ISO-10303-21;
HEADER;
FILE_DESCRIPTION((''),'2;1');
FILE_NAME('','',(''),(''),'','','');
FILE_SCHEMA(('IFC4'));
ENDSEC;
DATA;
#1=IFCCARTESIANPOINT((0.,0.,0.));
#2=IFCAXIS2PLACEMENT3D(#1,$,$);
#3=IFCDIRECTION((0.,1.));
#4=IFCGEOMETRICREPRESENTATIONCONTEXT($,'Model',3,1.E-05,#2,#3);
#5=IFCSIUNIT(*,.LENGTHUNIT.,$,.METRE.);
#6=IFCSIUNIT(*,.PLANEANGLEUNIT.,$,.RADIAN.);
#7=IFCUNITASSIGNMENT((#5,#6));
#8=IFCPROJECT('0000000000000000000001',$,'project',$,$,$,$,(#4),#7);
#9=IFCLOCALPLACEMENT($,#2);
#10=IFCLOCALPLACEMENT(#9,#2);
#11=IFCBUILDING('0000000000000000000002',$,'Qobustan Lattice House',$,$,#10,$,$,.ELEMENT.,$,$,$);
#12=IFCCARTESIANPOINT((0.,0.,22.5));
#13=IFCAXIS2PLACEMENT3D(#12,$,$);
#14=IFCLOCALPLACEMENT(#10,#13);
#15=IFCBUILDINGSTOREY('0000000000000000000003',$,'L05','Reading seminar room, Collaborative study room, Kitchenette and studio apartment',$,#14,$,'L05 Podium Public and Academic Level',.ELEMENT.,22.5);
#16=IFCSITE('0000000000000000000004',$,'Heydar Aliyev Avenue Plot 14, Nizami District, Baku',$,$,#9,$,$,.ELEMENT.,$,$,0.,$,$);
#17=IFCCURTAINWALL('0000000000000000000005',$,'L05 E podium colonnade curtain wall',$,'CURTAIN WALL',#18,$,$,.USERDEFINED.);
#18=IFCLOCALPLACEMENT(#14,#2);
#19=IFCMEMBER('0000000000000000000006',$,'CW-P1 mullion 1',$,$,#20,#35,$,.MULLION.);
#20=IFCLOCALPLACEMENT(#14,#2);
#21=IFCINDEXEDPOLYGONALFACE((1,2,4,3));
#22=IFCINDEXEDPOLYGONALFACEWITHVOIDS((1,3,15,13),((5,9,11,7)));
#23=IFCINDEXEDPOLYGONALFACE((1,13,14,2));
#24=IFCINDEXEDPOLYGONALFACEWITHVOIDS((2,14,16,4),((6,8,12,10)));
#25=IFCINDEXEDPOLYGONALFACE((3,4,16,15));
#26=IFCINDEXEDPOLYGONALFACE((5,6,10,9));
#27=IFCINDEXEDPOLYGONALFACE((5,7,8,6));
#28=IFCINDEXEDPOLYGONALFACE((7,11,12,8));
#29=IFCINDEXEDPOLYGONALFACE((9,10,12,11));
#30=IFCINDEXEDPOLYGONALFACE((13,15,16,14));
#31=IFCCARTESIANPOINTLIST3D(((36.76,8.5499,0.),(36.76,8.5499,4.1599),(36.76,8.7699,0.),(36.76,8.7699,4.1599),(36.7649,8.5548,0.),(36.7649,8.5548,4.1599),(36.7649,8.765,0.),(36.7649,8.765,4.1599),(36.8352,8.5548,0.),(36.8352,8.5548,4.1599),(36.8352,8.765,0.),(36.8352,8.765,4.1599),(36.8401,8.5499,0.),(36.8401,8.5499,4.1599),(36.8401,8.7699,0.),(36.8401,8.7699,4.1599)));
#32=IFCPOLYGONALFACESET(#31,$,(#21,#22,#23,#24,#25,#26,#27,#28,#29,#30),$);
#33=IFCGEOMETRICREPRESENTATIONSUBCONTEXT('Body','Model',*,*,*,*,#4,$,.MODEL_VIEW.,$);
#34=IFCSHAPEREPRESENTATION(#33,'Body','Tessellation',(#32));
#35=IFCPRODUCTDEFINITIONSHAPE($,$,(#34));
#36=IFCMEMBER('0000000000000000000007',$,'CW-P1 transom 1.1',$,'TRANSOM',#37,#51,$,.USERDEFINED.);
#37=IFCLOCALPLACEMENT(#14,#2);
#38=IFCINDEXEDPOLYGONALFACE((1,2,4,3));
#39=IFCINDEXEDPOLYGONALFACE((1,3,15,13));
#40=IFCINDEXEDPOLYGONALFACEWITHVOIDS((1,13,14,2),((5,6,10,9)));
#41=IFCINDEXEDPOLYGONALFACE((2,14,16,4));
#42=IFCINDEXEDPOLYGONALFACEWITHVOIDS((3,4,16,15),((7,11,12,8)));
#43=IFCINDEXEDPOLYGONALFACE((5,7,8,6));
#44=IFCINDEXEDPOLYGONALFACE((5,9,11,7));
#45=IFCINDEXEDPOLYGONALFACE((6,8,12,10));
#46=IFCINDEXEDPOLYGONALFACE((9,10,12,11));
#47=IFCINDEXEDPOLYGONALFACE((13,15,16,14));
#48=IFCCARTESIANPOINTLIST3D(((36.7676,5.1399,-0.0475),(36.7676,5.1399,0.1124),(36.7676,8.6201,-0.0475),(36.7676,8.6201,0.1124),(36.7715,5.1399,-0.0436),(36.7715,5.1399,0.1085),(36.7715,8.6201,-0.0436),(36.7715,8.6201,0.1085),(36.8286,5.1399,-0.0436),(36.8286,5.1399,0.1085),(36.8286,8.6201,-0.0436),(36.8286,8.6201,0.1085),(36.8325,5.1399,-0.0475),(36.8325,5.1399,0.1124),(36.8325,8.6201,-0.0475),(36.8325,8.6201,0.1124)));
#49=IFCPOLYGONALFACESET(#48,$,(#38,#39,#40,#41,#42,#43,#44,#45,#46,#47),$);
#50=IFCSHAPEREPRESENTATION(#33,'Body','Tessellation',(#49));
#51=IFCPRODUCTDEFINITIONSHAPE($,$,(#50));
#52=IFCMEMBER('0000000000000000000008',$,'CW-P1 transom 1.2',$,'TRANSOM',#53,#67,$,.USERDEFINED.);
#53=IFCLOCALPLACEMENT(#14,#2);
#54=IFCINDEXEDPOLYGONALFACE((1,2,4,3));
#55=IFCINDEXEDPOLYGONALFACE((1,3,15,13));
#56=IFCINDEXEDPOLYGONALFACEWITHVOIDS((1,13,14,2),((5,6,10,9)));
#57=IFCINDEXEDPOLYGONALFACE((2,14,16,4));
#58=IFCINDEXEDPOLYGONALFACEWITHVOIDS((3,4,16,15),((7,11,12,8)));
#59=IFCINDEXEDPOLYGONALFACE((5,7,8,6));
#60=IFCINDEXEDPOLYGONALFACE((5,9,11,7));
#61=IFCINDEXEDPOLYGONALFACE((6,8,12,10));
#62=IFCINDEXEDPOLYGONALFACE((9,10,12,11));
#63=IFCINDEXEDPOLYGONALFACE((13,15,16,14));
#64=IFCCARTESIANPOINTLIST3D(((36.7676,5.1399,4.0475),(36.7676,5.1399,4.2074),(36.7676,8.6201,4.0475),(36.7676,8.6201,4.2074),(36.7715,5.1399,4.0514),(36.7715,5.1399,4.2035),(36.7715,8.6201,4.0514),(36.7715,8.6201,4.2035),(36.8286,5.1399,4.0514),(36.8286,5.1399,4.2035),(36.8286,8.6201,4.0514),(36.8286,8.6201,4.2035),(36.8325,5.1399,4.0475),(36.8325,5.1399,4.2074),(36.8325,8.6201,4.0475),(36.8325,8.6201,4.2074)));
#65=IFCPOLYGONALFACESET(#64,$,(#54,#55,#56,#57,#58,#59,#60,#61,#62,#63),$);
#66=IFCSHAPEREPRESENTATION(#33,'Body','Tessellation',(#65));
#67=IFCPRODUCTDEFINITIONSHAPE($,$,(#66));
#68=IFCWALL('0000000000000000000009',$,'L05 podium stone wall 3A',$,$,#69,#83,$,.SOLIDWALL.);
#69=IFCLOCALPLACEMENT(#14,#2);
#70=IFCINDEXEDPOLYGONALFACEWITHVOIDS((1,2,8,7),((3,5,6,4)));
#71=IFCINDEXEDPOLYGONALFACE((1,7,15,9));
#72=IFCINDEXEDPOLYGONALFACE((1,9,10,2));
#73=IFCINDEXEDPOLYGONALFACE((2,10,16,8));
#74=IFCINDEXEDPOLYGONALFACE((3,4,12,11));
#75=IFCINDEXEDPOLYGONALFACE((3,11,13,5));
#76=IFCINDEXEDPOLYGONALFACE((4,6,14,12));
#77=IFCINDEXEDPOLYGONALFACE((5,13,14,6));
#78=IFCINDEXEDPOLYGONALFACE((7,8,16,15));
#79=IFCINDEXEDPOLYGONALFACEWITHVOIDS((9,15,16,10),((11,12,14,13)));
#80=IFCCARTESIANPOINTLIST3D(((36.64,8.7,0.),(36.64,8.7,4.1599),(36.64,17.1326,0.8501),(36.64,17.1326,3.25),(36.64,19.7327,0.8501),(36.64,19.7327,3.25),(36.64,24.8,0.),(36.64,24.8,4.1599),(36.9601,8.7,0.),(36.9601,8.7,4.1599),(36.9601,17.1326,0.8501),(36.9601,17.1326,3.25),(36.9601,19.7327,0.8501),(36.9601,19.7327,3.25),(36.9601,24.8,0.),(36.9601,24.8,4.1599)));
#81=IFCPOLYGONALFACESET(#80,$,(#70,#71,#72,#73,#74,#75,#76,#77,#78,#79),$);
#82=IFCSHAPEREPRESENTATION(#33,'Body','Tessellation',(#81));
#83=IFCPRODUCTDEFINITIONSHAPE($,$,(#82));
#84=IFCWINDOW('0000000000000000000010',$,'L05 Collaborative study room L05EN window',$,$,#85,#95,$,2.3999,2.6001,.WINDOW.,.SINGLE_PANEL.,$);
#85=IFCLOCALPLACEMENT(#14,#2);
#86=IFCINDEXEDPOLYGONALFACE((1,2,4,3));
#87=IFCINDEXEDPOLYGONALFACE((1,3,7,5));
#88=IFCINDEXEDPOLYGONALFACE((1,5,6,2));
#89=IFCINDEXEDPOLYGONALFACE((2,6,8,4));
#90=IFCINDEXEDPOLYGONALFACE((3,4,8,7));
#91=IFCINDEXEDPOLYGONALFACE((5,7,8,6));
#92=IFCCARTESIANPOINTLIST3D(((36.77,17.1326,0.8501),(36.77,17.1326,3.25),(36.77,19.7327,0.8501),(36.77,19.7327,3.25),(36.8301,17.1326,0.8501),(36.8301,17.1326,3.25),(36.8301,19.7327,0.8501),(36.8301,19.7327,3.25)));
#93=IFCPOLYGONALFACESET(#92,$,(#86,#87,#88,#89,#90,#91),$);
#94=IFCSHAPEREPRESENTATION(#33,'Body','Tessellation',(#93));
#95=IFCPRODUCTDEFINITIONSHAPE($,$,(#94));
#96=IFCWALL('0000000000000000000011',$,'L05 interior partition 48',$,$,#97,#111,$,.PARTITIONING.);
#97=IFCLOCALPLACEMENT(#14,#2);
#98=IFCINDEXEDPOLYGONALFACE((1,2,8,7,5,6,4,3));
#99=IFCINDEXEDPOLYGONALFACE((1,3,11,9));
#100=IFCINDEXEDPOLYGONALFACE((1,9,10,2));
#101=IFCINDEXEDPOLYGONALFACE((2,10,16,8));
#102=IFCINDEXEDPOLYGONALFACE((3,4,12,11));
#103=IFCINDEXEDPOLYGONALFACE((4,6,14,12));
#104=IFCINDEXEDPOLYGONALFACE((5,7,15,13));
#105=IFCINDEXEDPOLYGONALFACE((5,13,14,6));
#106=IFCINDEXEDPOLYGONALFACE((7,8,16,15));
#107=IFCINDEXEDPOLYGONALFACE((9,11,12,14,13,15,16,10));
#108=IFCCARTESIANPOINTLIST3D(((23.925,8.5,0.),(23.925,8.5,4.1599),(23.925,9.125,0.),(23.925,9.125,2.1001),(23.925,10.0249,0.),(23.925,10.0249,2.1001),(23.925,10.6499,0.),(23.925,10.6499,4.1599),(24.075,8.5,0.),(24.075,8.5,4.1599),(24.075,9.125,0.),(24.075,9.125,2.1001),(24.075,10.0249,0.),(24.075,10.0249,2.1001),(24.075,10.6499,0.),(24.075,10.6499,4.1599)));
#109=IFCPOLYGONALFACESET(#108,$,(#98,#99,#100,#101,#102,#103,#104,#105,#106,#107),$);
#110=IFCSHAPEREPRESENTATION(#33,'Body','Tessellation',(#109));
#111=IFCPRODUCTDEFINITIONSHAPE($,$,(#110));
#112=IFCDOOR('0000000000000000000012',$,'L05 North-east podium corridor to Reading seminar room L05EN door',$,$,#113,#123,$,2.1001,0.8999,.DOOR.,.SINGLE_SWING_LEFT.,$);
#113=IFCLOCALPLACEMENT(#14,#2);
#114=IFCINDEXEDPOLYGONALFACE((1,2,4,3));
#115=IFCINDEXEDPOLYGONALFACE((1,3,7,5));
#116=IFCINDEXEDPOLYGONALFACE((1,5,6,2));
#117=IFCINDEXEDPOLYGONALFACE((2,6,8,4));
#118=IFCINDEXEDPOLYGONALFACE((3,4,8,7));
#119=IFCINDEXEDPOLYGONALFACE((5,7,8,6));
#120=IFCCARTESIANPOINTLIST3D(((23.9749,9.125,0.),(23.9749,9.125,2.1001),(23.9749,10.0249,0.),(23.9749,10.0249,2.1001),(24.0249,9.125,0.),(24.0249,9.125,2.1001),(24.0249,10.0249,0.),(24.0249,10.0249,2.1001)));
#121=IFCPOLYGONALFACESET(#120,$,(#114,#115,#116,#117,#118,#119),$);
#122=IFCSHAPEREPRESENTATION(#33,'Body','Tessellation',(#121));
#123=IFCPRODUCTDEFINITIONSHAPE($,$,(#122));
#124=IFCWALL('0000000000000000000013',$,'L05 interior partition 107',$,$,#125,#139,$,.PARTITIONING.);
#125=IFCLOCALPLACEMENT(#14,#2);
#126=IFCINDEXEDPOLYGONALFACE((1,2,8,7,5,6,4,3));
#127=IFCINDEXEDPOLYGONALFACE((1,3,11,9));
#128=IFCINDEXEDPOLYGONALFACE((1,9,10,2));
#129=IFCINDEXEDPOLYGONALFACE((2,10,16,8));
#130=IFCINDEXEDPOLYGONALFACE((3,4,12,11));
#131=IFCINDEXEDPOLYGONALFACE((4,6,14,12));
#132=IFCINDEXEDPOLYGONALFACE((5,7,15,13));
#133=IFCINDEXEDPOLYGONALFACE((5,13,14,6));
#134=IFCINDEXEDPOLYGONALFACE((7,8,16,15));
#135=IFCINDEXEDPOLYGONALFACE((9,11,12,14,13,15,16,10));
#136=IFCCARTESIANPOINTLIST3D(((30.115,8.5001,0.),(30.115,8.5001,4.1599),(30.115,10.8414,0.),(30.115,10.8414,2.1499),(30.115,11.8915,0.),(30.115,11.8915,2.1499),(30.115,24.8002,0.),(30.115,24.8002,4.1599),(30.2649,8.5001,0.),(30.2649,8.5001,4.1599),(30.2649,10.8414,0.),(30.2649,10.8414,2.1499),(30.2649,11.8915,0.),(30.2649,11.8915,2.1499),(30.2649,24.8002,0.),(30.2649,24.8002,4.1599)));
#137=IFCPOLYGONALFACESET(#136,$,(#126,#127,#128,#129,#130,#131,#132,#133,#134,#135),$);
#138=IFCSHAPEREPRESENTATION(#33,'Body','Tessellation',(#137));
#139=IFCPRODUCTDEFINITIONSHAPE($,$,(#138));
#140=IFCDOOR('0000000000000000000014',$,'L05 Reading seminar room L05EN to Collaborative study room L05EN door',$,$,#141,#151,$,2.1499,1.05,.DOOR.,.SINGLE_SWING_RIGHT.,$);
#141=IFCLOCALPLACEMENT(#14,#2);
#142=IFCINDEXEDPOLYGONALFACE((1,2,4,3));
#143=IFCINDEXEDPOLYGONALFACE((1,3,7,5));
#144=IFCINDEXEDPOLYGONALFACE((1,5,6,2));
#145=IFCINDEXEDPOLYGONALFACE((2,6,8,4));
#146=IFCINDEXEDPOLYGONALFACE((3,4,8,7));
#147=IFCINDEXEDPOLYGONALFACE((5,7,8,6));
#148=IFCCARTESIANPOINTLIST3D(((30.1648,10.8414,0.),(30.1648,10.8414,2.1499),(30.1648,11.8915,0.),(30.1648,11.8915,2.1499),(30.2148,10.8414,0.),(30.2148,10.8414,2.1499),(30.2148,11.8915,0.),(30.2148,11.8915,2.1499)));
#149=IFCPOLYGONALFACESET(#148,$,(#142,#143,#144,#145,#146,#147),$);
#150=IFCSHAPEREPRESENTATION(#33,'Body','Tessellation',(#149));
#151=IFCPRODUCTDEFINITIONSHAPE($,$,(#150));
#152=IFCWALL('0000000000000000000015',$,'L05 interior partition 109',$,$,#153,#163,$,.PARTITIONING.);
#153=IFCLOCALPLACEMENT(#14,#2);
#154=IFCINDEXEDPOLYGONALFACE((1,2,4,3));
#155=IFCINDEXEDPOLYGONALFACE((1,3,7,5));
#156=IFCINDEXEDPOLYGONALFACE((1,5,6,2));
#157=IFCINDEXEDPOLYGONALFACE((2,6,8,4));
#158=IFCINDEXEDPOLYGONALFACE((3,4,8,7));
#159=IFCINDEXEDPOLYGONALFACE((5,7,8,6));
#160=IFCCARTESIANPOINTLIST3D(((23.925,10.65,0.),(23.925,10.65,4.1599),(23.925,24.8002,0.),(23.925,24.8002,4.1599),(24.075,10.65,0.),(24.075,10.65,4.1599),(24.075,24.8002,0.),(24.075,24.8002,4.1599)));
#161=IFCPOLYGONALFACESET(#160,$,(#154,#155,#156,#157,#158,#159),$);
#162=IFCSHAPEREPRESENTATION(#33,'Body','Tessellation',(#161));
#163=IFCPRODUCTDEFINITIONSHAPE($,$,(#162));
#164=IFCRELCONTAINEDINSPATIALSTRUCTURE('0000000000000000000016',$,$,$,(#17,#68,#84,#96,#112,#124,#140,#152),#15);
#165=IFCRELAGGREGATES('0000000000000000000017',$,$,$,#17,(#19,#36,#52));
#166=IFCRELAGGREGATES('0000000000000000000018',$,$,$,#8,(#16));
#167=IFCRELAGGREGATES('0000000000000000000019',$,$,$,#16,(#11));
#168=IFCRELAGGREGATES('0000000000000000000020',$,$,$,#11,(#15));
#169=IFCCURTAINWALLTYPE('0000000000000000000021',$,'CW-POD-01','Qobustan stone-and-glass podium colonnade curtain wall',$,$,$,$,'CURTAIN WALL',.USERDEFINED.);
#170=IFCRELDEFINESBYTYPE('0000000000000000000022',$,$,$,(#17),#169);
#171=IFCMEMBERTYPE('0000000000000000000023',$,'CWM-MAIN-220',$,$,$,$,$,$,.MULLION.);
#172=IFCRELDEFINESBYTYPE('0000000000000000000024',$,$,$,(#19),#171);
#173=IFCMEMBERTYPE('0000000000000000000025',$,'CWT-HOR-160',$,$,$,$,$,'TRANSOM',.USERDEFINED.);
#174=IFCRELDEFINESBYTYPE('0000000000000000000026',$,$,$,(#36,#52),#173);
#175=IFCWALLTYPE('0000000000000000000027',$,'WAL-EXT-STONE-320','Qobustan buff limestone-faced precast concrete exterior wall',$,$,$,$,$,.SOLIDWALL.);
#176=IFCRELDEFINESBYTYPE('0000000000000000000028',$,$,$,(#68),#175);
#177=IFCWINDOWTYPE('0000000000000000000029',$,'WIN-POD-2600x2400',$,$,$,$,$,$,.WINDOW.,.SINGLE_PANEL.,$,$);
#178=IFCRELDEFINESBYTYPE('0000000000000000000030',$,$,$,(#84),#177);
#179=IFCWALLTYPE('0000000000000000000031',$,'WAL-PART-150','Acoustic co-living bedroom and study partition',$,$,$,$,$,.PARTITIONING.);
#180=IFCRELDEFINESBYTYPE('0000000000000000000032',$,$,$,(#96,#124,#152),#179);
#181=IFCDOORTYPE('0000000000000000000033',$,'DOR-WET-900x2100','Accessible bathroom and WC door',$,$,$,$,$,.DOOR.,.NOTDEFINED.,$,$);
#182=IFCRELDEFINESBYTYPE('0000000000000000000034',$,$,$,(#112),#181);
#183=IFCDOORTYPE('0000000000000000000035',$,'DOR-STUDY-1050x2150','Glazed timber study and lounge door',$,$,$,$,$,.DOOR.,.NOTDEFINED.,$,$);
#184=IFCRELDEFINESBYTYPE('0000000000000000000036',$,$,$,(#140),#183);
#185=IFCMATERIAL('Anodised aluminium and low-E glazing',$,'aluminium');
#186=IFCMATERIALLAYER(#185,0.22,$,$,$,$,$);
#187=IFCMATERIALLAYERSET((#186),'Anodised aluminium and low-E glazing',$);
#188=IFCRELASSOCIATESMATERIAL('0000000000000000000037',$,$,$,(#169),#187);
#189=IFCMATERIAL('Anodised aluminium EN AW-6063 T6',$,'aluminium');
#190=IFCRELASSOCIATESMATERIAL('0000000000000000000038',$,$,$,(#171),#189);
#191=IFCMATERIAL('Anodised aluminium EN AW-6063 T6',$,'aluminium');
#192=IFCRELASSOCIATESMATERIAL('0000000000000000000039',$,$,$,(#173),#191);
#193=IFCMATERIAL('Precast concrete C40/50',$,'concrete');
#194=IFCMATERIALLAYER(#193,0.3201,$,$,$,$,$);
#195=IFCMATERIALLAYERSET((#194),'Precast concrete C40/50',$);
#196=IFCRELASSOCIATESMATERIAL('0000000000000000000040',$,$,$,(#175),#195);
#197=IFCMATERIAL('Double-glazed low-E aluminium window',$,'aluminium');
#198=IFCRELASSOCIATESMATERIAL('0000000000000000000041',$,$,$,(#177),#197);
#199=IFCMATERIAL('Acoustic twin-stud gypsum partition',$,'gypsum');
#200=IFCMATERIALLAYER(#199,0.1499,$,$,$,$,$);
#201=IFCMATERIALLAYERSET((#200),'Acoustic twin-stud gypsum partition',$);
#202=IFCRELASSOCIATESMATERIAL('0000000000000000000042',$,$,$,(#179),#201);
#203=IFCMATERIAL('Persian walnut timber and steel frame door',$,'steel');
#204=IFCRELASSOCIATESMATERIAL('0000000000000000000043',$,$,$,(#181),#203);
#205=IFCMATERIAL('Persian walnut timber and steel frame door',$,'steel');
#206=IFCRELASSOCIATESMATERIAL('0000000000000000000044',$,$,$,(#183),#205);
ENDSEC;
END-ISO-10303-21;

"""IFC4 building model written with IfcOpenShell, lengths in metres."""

from ifc_helpers import new_model, si_unit, direction, frame, frame_2d, origin, origin_2d, place, context, subcontext, project, spatial, rectangle, hollow_rectangle, extrude, material, layer, layer_set, material_profile, profile_set, type_object, element, fill, aggregate, save


model = new_model("IFC4")

# Units and contexts
model_context = context("Model", 3, precision=1e-05, world=origin(), true_north=direction((0.0, 1.0)))
body_context = subcontext(model_context, "Body", "Model", "MODEL_VIEW")
ifc_project = project(units=[si_unit("LENGTHUNIT", "METRE"), si_unit("PLANEANGLEUNIT", "RADIAN")], contexts=[model_context])

# Site, building, storey
site_placement = place(None, origin())
site = spatial("IfcSite", under=ifc_project, at=site_placement, Name="Heydar Aliyev Avenue Plot 14, Nizami District, Baku", CompositionType="ELEMENT", RefElevation=0.0)
building_placement = place(site_placement, origin())
building = spatial("IfcBuilding", under=site, at=building_placement, Name="Qobustan Lattice House", CompositionType="ELEMENT")
storey_placement = place(building_placement, frame((0.0, 0.0, 22.5)))
storey = spatial("IfcBuildingStorey", under=building, at=storey_placement, Name="L05", Description="Reading seminar room, Collaborative study room, Kitchenette and studio apartment", LongName="L05 Podium Public and Academic Level", CompositionType="ELEMENT", Elevation=22.5)

# Curtain wall, members
ifc_material_1 = material(Name="Anodised aluminium and low-E glazing", Category="aluminium")
ifc_layer_1 = layer(ifc_material_1, 0.22)
ifc_layer_set_1 = layer_set([ifc_layer_1], Name="Anodised aluminium and low-E glazing")
curtain_wall_type = type_object("IfcCurtainWallType", Name="CW-POD-01", Description="Qobustan stone-and-glass podium colonnade curtain wall", ElementType="CURTAIN WALL", PredefinedType="USERDEFINED", material=ifc_layer_set_1)
curtain_wall_placement = place(storey_placement, origin())
curtain_wall = element("IfcCurtainWall", 1, at=curtain_wall_placement, inside=storey, type_object=curtain_wall_type, Name="L05 E podium colonnade curtain wall", ObjectType="CURTAIN WALL", PredefinedType="USERDEFINED")
ifc_material_2 = material(Name="Anodised aluminium EN AW-6063 T6", Category="aluminium")
ifc_material_profile_1 = material_profile(ifc_material_2, hollow_rectangle(XDim=0.0801, YDim=0.22, WallThickness=0.0049, at=origin_2d()), Name="CWM-220x80")
ifc_profile_set_1 = profile_set([ifc_material_profile_1], Name="Anodised aluminium EN AW-6063 T6")
member_type_1 = type_object("IfcMemberType", Name="CWM-MAIN-220", PredefinedType="MULLION", material=ifc_profile_set_1)
member_1_placement = place(storey_placement, frame((36.8, 8.6599, 0.0), z_axis=(0.0, 0.0, 1.0), x_axis=(1.0, 0.0, 0.0)))
member_1 = element("IfcMember", 2, at=member_1_placement, type_object=member_type_1, Name="CW-P1 mullion 1", PredefinedType="MULLION", context=body_context, shape_type="SweptSolid", body=[
    extrude(hollow_rectangle(XDim=0.0801, YDim=0.22, WallThickness=0.0049, at=origin_2d()), origin(), (0.0, 0.0, 1.0), 4.1599),
])
ifc_material_3 = material(Name="Anodised aluminium EN AW-6063 T6", Category="aluminium")
ifc_material_profile_2 = material_profile(ifc_material_3, hollow_rectangle(XDim=0.0649, YDim=0.1599, WallThickness=0.0039, at=origin_2d()), Name="CWT-160x65")
ifc_profile_set_2 = profile_set([ifc_material_profile_2], Name="Anodised aluminium EN AW-6063 T6")
member_type_2 = type_object("IfcMemberType", Name="CWT-HOR-160", ElementType="TRANSOM", PredefinedType="USERDEFINED", material=ifc_profile_set_2)
member_2_placement = place(storey_placement, frame((36.8, 8.6201, 0.0325), z_axis=(0.0, -1.0, 0.0), x_axis=(1.0, 0.0, 0.0)))
member_2 = element("IfcMember", 3, at=member_2_placement, type_object=member_type_2, Name="CW-P1 transom 1.1", ObjectType="TRANSOM", PredefinedType="USERDEFINED", context=body_context, shape_type="SweptSolid", body=[
    extrude(hollow_rectangle(XDim=0.0649, YDim=0.1599, WallThickness=0.0039, at=origin_2d()), origin(), (0.0, 0.0, 1.0), 3.4802),
])
member_3_placement = place(storey_placement, frame((36.8, 8.6201, 4.1274), z_axis=(0.0, -1.0, 0.0), x_axis=(1.0, 0.0, 0.0)))
member_3 = element("IfcMember", 4, at=member_3_placement, type_object=member_type_2, Name="CW-P1 transom 1.2", ObjectType="TRANSOM", PredefinedType="USERDEFINED", context=body_context, shape_type="SweptSolid", body=[
    extrude(hollow_rectangle(XDim=0.0649, YDim=0.1599, WallThickness=0.0039, at=origin_2d()), origin(), (0.0, 0.0, 1.0), 3.4802),
])
aggregate(curtain_wall, [member_1, member_2, member_3])

# Wall, opening, window
ifc_material_4 = material(Name="Precast concrete C40/50", Category="concrete")
ifc_layer_2 = layer(ifc_material_4, 0.3201)
ifc_layer_set_2 = layer_set([ifc_layer_2], Name="Precast concrete C40/50")
wall_type_1 = type_object("IfcWallType", Name="WAL-EXT-STONE-320", Description="Qobustan buff limestone-faced precast concrete exterior wall", PredefinedType="SOLIDWALL", material=ifc_layer_set_2)
wall_1_placement = place(storey_placement, frame((36.8, 24.8, 0.0), z_axis=(0.0, 0.0, 1.0), x_axis=(0.0, -1.0, 0.0)))
wall_1 = element("IfcWall", 5, at=wall_1_placement, inside=storey, type_object=wall_type_1, Name="L05 podium stone wall 3A", PredefinedType="SOLIDWALL", context=body_context, shape_type="SweptSolid", body=[
    extrude(rectangle(XDim=16.1001, YDim=0.3201, at=frame_2d((8.05, 0.0))), origin(), (0.0, 0.0, 1.0), 4.1599),
])
opening_1_placement = place(wall_1_placement, frame((5.0674, 0.0, 0.8501)))
opening_1 = element("IfcOpeningElement", 6, at=opening_1_placement, cuts=wall_1, PredefinedType="OPENING", context=body_context, shape_type="SweptSolid", body=[
    extrude(rectangle(XDim=2.6001, YDim=2.3999, at=frame_2d((1.3, 1.2))), frame((0.0, 0.1699, 0.0), z_axis=(0.0, -1.0, 0.0), x_axis=(1.0, 0.0, 0.0)), (0.0, 0.0, 1.0), 0.3401),
])
ifc_material_5 = material(Name="Double-glazed low-E aluminium window", Category="aluminium")
window_type = type_object("IfcWindowType", Name="WIN-POD-2600x2400", PartitioningType="SINGLE_PANEL", PredefinedType="WINDOW", material=ifc_material_5)
window_placement = place(opening_1_placement, origin())
window = element("IfcWindow", 7, at=window_placement, inside=storey, type_object=window_type, Name="L05 Collaborative study room L05EN window", OverallHeight=2.3999, OverallWidth=2.6001, PartitioningType="SINGLE_PANEL", PredefinedType="WINDOW", context=body_context, shape_type="SweptSolid", body=[
    extrude(rectangle(XDim=2.6001, YDim=2.3999, at=frame_2d((1.3, 1.2))), frame((0.0, 0.03, 0.0), z_axis=(0.0, -1.0, 0.0), x_axis=(1.0, 0.0, 0.0)), (0.0, 0.0, 1.0), 0.0601),
])
fill(opening_1, window)

# Walls, openings, doors
ifc_material_6 = material(Name="Acoustic twin-stud gypsum partition", Category="gypsum")
ifc_layer_3 = layer(ifc_material_6, 0.1499)
ifc_layer_set_3 = layer_set([ifc_layer_3], Name="Acoustic twin-stud gypsum partition")
wall_type_2 = type_object("IfcWallType", Name="WAL-PART-150", Description="Acoustic co-living bedroom and study partition", PredefinedType="PARTITIONING", material=ifc_layer_set_3)
wall_2_placement = place(storey_placement, frame((24.0, 10.6499, 0.0), z_axis=(0.0, 0.0, 1.0), x_axis=(0.0, -1.0, 0.0)))
wall_2 = element("IfcWall", 8, at=wall_2_placement, inside=storey, type_object=wall_type_2, Name="L05 interior partition 48", PredefinedType="PARTITIONING", context=body_context, shape_type="SweptSolid", body=[
    extrude(rectangle(XDim=2.1499, YDim=0.1499, at=frame_2d((1.075, 0.0))), origin(), (0.0, 0.0, 1.0), 4.1599),
])
opening_2_placement = place(wall_2_placement, frame((0.625, 0.0, 0.0)))
opening_2 = element("IfcOpeningElement", 9, at=opening_2_placement, cuts=wall_2, PredefinedType="OPENING", context=body_context, shape_type="SweptSolid", body=[
    extrude(rectangle(XDim=0.8999, YDim=2.1001, at=frame_2d((0.45, 1.05))), frame((0.0, 0.085, 0.0), z_axis=(0.0, -1.0, 0.0), x_axis=(1.0, 0.0, 0.0)), (0.0, 0.0, 1.0), 0.1699),
])
ifc_material_7 = material(Name="Persian walnut timber and steel frame door", Category="steel")
door_type_1 = type_object("IfcDoorType", Name="DOR-WET-900x2100", Description="Accessible bathroom and WC door", OperationType="NOTDEFINED", PredefinedType="DOOR", material=ifc_material_7)
door_1_placement = place(opening_2_placement, origin())
door_1 = element("IfcDoor", 10, at=door_1_placement, inside=storey, type_object=door_type_1, Name="L05 North-east podium corridor to Reading seminar room L05EN door", OperationType="SINGLE_SWING_LEFT", OverallHeight=2.1001, OverallWidth=0.8999, PredefinedType="DOOR", context=body_context, shape_type="SweptSolid", body=[
    extrude(rectangle(XDim=0.8999, YDim=2.1001, at=frame_2d((0.45, 1.05))), frame((0.0, 0.0249, 0.0), z_axis=(0.0, -1.0, 0.0), x_axis=(1.0, 0.0, 0.0)), (0.0, 0.0, 1.0), 0.05),
])
fill(opening_2, door_1)
wall_3_placement = place(storey_placement, frame((30.1899, 24.8, 0.0), z_axis=(0.0, 0.0, 1.0), x_axis=(0.0, -1.0, 0.0)))
wall_3 = element("IfcWall", 11, at=wall_3_placement, inside=storey, type_object=wall_type_2, Name="L05 interior partition 107", PredefinedType="PARTITIONING", context=body_context, shape_type="SweptSolid", body=[
    extrude(rectangle(XDim=16.3, YDim=0.1499, at=frame_2d((8.1499, 0.0))), origin(), (0.0, 0.0, 1.0), 4.1599),
])
opening_3_placement = place(wall_3_placement, frame((12.9087, 0.0, 0.0)))
opening_3 = element("IfcOpeningElement", 12, at=opening_3_placement, cuts=wall_3, PredefinedType="OPENING", context=body_context, shape_type="SweptSolid", body=[
    extrude(rectangle(XDim=1.05, YDim=2.1499, at=frame_2d((0.5249, 1.075))), frame((0.0, 0.085, 0.0), z_axis=(0.0, -1.0, 0.0), x_axis=(1.0, 0.0, 0.0)), (0.0, 0.0, 1.0), 0.1699),
])
ifc_material_8 = material(Name="Persian walnut timber and steel frame door", Category="steel")
door_type_2 = type_object("IfcDoorType", Name="DOR-STUDY-1050x2150", Description="Glazed timber study and lounge door", OperationType="NOTDEFINED", PredefinedType="DOOR", material=ifc_material_8)
door_2_placement = place(opening_3_placement, origin())
door_2 = element("IfcDoor", 13, at=door_2_placement, inside=storey, type_object=door_type_2, Name="L05 Reading seminar room L05EN to Collaborative study room L05EN door", OperationType="SINGLE_SWING_RIGHT", OverallHeight=2.1499, OverallWidth=1.05, PredefinedType="DOOR", context=body_context, shape_type="SweptSolid", body=[
    extrude(rectangle(XDim=1.05, YDim=2.1499, at=frame_2d((0.5249, 1.075))), frame((0.0, 0.0249, 0.0), z_axis=(0.0, -1.0, 0.0), x_axis=(1.0, 0.0, 0.0)), (0.0, 0.0, 1.0), 0.05),
])
fill(opening_3, door_2)

# Wall
wall_4_placement = place(storey_placement, frame((24.0, 10.6499, 0.0), z_axis=(0.0, 0.0, 1.0), x_axis=(0.0, 1.0, 0.0)))
element("IfcWall", 14, at=wall_4_placement, inside=storey, type_object=wall_type_2, Name="L05 interior partition 109", PredefinedType="PARTITIONING", context=body_context, shape_type="SweptSolid", body=[
    extrude(rectangle(XDim=14.1501, YDim=0.1499, at=frame_2d((7.0752, 0.0))), origin(), (0.0, 0.0, 1.0), 4.1599),
])

save(model, "model.ifc")
